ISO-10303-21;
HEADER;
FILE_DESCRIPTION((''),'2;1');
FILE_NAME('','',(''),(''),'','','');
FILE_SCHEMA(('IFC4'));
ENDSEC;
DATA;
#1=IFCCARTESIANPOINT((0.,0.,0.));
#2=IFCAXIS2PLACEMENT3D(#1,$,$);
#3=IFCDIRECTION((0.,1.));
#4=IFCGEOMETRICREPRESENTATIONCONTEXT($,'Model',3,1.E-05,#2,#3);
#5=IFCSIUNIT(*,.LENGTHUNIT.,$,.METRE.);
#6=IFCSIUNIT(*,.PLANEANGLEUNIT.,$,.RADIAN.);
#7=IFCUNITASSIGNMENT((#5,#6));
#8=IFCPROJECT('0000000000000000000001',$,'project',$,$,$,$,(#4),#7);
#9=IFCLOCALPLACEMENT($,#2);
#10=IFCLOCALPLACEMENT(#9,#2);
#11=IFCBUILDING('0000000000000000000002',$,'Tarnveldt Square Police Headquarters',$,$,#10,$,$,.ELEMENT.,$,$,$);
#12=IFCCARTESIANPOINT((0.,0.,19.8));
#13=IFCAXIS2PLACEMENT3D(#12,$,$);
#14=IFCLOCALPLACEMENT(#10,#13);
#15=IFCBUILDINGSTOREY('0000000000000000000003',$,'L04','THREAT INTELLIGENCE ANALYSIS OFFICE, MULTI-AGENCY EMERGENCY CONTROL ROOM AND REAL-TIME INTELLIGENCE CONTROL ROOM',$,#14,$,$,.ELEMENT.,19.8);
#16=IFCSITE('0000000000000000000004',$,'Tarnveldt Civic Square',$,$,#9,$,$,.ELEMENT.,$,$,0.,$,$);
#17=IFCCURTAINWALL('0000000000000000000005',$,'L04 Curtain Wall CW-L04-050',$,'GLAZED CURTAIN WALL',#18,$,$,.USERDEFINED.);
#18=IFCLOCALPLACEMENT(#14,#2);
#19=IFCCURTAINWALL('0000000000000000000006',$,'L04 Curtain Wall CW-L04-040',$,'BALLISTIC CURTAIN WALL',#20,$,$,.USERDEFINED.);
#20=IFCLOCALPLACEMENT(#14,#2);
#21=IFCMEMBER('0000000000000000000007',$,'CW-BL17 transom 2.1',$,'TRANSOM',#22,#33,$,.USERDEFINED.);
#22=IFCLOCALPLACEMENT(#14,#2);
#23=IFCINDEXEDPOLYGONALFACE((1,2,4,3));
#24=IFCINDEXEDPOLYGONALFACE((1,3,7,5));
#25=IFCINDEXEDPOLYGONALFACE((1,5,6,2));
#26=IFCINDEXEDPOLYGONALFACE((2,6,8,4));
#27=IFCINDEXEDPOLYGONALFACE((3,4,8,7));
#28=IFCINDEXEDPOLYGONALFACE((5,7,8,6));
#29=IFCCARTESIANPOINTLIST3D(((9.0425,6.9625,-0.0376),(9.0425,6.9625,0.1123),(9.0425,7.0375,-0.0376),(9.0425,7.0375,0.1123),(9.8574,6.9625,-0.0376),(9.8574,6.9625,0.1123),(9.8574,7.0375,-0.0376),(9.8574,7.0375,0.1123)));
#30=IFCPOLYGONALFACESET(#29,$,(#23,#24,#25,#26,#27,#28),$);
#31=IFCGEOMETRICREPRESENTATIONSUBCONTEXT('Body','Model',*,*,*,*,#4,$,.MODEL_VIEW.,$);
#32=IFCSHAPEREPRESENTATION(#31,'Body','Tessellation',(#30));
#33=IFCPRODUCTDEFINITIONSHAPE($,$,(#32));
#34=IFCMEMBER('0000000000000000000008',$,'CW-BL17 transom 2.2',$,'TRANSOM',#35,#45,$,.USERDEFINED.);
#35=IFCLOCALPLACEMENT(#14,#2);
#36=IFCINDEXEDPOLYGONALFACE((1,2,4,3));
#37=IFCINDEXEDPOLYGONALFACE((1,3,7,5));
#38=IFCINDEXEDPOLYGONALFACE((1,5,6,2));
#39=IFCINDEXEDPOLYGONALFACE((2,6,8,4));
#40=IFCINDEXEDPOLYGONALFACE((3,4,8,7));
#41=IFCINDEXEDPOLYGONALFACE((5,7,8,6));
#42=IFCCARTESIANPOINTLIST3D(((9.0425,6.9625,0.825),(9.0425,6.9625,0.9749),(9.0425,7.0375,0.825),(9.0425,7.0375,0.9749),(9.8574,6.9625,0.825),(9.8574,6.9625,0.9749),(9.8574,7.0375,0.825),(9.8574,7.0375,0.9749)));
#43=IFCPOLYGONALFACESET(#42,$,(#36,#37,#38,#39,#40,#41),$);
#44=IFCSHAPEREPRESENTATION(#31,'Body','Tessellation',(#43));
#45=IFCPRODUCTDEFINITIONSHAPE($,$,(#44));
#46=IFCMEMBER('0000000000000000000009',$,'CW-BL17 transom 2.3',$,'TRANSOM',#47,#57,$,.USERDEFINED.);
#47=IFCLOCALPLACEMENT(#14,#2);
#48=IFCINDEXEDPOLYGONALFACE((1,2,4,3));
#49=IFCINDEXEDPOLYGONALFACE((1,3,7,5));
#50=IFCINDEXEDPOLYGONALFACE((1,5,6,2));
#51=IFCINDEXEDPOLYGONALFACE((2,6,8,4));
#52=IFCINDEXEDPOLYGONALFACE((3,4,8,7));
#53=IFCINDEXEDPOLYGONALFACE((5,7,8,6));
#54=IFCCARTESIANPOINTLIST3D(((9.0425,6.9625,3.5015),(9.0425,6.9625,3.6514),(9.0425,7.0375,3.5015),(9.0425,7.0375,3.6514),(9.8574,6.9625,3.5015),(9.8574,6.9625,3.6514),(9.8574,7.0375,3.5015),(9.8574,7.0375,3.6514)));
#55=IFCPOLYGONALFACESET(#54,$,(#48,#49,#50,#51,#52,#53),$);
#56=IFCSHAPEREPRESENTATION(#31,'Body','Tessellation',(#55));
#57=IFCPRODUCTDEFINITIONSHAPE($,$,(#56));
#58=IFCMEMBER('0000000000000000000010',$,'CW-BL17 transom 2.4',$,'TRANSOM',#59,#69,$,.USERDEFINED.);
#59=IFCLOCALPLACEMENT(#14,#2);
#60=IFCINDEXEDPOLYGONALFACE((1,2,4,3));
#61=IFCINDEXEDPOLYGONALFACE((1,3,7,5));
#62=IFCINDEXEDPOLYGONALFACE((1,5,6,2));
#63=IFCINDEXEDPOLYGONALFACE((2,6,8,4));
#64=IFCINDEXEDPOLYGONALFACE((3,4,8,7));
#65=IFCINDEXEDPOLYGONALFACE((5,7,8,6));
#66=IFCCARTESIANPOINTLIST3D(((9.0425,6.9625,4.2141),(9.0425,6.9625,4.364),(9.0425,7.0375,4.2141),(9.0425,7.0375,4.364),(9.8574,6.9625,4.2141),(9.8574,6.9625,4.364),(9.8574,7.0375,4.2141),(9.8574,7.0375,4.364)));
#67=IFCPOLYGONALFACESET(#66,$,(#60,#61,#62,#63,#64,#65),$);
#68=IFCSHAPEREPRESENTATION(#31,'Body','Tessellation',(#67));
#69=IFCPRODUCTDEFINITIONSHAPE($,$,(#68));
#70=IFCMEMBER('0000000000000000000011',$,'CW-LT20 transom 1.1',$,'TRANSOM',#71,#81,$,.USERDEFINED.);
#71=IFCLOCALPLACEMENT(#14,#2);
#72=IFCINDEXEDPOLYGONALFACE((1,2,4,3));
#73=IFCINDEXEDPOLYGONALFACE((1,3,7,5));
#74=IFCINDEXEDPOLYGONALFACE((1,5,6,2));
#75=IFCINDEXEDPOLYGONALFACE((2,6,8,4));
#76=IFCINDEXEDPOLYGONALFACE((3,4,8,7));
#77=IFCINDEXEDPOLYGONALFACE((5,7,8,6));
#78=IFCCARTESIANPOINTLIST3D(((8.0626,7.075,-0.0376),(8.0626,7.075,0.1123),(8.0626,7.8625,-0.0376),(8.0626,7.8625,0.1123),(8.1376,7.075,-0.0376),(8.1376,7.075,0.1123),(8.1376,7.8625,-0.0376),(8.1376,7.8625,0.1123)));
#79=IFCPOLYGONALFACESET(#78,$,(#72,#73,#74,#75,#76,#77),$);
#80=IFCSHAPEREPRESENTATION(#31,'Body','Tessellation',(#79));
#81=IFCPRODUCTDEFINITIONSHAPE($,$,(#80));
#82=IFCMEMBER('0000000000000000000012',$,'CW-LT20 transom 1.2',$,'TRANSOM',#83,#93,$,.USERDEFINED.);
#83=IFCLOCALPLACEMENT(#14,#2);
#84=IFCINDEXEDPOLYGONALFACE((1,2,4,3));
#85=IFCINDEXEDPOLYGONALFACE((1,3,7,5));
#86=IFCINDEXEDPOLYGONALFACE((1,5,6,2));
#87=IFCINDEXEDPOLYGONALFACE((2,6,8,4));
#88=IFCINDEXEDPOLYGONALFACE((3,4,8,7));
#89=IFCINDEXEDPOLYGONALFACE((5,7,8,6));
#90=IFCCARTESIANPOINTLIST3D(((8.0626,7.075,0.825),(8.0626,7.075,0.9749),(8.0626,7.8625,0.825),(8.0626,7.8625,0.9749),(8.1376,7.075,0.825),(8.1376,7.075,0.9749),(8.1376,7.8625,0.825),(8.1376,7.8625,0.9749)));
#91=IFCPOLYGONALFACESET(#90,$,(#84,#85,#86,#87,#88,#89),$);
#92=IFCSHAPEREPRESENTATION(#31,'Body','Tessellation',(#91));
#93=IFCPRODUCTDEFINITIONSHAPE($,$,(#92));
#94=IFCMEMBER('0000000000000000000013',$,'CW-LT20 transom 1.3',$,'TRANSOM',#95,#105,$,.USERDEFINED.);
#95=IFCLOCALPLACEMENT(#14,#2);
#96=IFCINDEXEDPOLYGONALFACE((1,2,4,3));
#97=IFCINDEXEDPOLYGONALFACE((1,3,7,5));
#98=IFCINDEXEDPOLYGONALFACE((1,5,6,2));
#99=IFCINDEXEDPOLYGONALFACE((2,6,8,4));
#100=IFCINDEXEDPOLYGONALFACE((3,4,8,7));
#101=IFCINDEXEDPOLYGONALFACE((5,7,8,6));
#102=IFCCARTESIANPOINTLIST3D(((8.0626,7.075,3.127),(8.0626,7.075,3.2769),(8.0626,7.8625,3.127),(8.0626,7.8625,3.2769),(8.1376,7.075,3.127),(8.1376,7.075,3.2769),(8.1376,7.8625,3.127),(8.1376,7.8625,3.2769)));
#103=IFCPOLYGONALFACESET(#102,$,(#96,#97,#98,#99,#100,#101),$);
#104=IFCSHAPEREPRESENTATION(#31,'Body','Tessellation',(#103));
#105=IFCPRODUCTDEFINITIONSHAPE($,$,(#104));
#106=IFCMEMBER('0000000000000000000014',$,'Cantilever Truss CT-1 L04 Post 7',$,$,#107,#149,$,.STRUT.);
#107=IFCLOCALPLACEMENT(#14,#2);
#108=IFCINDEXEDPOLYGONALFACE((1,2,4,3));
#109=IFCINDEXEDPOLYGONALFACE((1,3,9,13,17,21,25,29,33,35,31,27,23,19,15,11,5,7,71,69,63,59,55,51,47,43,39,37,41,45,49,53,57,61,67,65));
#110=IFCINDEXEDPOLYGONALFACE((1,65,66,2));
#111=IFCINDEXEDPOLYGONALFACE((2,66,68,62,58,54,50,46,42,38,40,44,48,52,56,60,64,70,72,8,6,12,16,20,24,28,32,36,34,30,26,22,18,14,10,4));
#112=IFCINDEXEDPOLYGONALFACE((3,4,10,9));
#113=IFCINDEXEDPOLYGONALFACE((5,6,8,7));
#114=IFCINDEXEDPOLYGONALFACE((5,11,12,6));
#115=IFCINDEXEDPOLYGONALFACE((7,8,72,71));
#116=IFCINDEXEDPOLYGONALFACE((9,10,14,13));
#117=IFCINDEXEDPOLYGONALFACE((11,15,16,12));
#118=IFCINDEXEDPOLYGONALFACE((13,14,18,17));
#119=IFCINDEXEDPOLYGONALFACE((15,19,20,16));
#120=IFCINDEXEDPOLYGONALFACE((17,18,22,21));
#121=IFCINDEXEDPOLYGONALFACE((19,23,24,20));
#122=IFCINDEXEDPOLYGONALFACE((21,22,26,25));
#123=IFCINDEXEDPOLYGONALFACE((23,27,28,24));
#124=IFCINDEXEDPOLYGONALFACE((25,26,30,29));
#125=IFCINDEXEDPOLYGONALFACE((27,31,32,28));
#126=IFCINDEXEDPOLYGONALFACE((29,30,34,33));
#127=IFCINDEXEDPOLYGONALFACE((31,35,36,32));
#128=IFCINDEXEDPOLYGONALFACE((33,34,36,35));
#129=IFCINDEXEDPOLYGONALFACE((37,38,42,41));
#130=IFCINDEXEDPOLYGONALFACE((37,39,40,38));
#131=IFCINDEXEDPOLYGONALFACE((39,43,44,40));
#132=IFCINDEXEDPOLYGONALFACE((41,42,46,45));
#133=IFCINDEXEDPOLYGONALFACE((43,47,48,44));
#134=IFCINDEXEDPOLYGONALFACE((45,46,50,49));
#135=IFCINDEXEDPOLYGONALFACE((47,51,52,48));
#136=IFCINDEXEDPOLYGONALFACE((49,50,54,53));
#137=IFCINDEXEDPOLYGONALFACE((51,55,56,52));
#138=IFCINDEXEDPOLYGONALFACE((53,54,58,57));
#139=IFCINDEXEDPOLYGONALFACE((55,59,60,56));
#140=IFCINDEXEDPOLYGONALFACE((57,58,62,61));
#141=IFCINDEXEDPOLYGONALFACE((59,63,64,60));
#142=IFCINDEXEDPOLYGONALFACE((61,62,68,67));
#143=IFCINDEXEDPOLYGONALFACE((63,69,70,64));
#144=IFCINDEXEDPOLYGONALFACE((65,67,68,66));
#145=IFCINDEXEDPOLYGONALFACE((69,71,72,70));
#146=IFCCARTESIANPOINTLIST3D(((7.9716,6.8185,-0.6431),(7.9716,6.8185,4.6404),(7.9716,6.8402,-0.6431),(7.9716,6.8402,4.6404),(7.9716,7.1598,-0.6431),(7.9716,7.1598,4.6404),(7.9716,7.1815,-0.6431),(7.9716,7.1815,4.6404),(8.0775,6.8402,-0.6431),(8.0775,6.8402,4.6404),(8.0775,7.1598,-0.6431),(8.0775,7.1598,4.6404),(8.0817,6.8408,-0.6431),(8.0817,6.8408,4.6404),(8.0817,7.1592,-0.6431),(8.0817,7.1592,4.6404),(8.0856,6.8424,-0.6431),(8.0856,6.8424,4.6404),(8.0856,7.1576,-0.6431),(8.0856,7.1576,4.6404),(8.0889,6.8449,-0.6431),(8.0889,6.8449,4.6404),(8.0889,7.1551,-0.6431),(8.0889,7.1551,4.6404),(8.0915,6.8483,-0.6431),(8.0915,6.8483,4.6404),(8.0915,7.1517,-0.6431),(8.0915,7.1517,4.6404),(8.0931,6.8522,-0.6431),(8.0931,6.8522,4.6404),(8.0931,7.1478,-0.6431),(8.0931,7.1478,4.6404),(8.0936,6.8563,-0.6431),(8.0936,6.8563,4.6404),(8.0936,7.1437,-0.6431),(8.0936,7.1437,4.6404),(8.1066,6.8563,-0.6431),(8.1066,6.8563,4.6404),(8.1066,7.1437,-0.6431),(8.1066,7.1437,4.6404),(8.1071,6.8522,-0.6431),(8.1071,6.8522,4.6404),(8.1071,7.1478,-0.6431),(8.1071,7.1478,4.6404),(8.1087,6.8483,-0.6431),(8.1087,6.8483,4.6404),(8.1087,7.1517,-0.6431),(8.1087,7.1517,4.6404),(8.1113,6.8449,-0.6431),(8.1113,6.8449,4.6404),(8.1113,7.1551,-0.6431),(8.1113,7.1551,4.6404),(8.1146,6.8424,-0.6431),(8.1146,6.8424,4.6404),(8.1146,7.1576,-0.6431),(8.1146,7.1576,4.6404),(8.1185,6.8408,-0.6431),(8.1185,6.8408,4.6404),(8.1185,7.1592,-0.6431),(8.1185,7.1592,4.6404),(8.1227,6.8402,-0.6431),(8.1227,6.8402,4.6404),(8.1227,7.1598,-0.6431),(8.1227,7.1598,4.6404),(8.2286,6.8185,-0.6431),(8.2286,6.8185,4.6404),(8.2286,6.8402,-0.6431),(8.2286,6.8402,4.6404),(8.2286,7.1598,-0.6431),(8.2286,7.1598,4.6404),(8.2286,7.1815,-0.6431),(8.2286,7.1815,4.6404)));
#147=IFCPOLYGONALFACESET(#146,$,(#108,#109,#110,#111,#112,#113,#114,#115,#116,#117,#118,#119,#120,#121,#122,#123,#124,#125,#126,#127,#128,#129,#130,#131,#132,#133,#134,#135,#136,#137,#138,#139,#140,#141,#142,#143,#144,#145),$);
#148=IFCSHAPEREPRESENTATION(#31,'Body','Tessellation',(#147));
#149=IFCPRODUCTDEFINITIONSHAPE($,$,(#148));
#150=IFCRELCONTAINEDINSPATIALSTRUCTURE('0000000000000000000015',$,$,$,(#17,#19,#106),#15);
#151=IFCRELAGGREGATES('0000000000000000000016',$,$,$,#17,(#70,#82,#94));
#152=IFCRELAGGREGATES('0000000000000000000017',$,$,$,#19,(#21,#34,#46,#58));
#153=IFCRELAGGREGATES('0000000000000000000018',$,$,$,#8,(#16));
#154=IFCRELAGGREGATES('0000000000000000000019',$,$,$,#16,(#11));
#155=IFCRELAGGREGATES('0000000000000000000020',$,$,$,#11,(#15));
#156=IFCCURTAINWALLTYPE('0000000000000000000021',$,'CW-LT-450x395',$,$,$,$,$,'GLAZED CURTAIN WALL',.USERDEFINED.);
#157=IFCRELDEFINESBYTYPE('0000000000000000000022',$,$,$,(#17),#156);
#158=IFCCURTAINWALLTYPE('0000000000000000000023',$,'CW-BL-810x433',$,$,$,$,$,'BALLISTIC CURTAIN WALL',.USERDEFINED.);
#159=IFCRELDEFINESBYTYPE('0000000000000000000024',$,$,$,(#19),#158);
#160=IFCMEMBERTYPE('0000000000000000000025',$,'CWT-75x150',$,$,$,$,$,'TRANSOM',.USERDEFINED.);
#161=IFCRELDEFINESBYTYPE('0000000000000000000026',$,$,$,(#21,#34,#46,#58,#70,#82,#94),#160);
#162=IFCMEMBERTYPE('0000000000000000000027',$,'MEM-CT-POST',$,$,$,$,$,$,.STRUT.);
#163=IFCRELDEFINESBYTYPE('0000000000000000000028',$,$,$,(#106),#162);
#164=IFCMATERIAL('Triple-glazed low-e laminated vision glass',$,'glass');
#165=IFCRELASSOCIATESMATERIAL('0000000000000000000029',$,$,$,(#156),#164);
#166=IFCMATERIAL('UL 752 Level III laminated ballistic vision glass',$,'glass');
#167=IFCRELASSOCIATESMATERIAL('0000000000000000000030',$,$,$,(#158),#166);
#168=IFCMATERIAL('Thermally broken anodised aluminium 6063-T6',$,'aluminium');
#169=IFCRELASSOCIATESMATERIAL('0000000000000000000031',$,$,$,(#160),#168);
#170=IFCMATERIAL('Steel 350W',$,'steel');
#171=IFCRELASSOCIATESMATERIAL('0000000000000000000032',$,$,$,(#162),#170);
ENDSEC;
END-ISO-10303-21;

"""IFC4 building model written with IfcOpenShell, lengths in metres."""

from ifc_helpers import new_model, si_unit, direction, frame, origin, origin_2d, place, context, subcontext, project, spatial, rectangle, i_section, extrude, material, material_profile, profile_set, type_object, element, aggregate, save


model = new_model("IFC4")

# Units and contexts
model_context = context("Model", 3, precision=1e-05, world=origin(), true_north=direction((0.0, 1.0)))
body_context = subcontext(model_context, "Body", "Model", "MODEL_VIEW")
ifc_project = project(units=[si_unit("LENGTHUNIT", "METRE"), si_unit("PLANEANGLEUNIT", "RADIAN")], contexts=[model_context])

# Site, building, storey
site_placement = place(None, origin())
site = spatial("IfcSite", under=ifc_project, at=site_placement, Name="Tarnveldt Civic Square", CompositionType="ELEMENT", RefElevation=0.0)
building_placement = place(site_placement, origin())
building = spatial("IfcBuilding", under=site, at=building_placement, Name="Tarnveldt Square Police Headquarters", CompositionType="ELEMENT")
storey_placement = place(building_placement, frame((0.0, 0.0, 19.8)))
storey = spatial("IfcBuildingStorey", under=building, at=storey_placement, Name="L04", Description="THREAT INTELLIGENCE ANALYSIS OFFICE, MULTI-AGENCY EMERGENCY CONTROL ROOM AND REAL-TIME INTELLIGENCE CONTROL ROOM", CompositionType="ELEMENT", Elevation=19.8)

# Shared definitions
ifc_material_1 = material(Name="Steel 350W", Category="steel")

# Curtain wall
ifc_material_2 = material(Name="Triple-glazed low-e laminated vision glass", Category="glass")
curtain_wall_type_1 = type_object("IfcCurtainWallType", Name="CW-LT-450x395", ElementType="GLAZED CURTAIN WALL", PredefinedType="USERDEFINED", material=ifc_material_2)
curtain_wall_1_placement = place(storey_placement, origin())
curtain_wall_1 = element("IfcCurtainWall", 1, at=curtain_wall_1_placement, inside=storey, type_object=curtain_wall_type_1, Name="L04 Curtain Wall CW-L04-050", ObjectType="GLAZED CURTAIN WALL", PredefinedType="USERDEFINED")
ifc_material_3 = material(Name="Thermally broken anodised aluminium 6063-T6", Category="aluminium")

# Curtain wall, members
ifc_material_4 = material(Name="UL 752 Level III laminated ballistic vision glass", Category="glass")
curtain_wall_type_2 = type_object("IfcCurtainWallType", Name="CW-BL-810x433", ElementType="BALLISTIC CURTAIN WALL", PredefinedType="USERDEFINED", material=ifc_material_4)
curtain_wall_2_placement = place(storey_placement, origin())
curtain_wall_2 = element("IfcCurtainWall", 2, at=curtain_wall_2_placement, inside=storey, type_object=curtain_wall_type_2, Name="L04 Curtain Wall CW-L04-040", ObjectType="BALLISTIC CURTAIN WALL", PredefinedType="USERDEFINED")
ifc_material_profile_1 = material_profile(ifc_material_3, rectangle(XDim=0.075, YDim=0.1499, at=origin_2d()), Name="CW-T75x150")
ifc_profile_set_1 = profile_set([ifc_material_profile_1], Name="Thermally broken anodised aluminium 6063-T6")
member_type_1 = type_object("IfcMemberType", Name="CWT-75x150", ElementType="TRANSOM", PredefinedType="USERDEFINED", material=ifc_profile_set_1)
member_1_placement = place(storey_placement, frame((9.0425, 7.0, 0.0374), z_axis=(1.0, 0.0, 0.0), x_axis=(0.0, 1.0, 0.0)))
member_1 = element("IfcMember", 3, at=member_1_placement, type_object=member_type_1, Name="CW-BL17 transom 2.1", ObjectType="TRANSOM", PredefinedType="USERDEFINED", context=body_context, shape_type="SweptSolid", body=[
    extrude(rectangle(XDim=0.075, YDim=0.1499, at=origin_2d()), origin(), (0.0, 0.0, 1.0), 0.8149),
])
member_2_placement = place(storey_placement, frame((9.0425, 7.0, 0.8999), z_axis=(1.0, 0.0, 0.0), x_axis=(0.0, 1.0, 0.0)))
member_2 = element("IfcMember", 4, at=member_2_placement, type_object=member_type_1, Name="CW-BL17 transom 2.2", ObjectType="TRANSOM", PredefinedType="USERDEFINED", context=body_context, shape_type="SweptSolid", body=[
    extrude(rectangle(XDim=0.075, YDim=0.1499, at=origin_2d()), origin(), (0.0, 0.0, 1.0), 0.8149),
])
member_3_placement = place(storey_placement, frame((9.0425, 7.0, 3.5764), z_axis=(1.0, 0.0, 0.0), x_axis=(0.0, 1.0, 0.0)))
member_3 = element("IfcMember", 5, at=member_3_placement, type_object=member_type_1, Name="CW-BL17 transom 2.3", ObjectType="TRANSOM", PredefinedType="USERDEFINED", context=body_context, shape_type="SweptSolid", body=[
    extrude(rectangle(XDim=0.075, YDim=0.1499, at=origin_2d()), origin(), (0.0, 0.0, 1.0), 0.8149),
])
member_4_placement = place(storey_placement, frame((9.0425, 7.0, 4.2891), z_axis=(1.0, 0.0, 0.0), x_axis=(0.0, 1.0, 0.0)))
member_4 = element("IfcMember", 6, at=member_4_placement, type_object=member_type_1, Name="CW-BL17 transom 2.4", ObjectType="TRANSOM", PredefinedType="USERDEFINED", context=body_context, shape_type="SweptSolid", body=[
    extrude(rectangle(XDim=0.075, YDim=0.1499, at=origin_2d()), origin(), (0.0, 0.0, 1.0), 0.8149),
])

# Members
member_5_placement = place(storey_placement, frame((8.1001, 7.075, 0.0374), z_axis=(0.0, 1.0, 0.0), x_axis=(-1.0, 0.0, 0.0)))
member_5 = element("IfcMember", 7, at=member_5_placement, type_object=member_type_1, Name="CW-LT20 transom 1.1", ObjectType="TRANSOM", PredefinedType="USERDEFINED", context=body_context, shape_type="SweptSolid", body=[
    extrude(rectangle(XDim=0.075, YDim=0.1499, at=origin_2d()), origin(), (0.0, 0.0, 1.0), 0.7876),
])
member_6_placement = place(storey_placement, frame((8.1001, 7.075, 0.8999), z_axis=(0.0, 1.0, 0.0), x_axis=(-1.0, 0.0, 0.0)))
member_6 = element("IfcMember", 8, at=member_6_placement, type_object=member_type_1, Name="CW-LT20 transom 1.2", ObjectType="TRANSOM", PredefinedType="USERDEFINED", context=body_context, shape_type="SweptSolid", body=[
    extrude(rectangle(XDim=0.075, YDim=0.1499, at=origin_2d()), origin(), (0.0, 0.0, 1.0), 0.7876),
])
member_7_placement = place(storey_placement, frame((8.1001, 7.075, 3.2019), z_axis=(0.0, 1.0, 0.0), x_axis=(-1.0, 0.0, 0.0)))
member_7 = element("IfcMember", 9, at=member_7_placement, type_object=member_type_1, Name="CW-LT20 transom 1.3", ObjectType="TRANSOM", PredefinedType="USERDEFINED", context=body_context, shape_type="SweptSolid", body=[
    extrude(rectangle(XDim=0.075, YDim=0.1499, at=origin_2d()), origin(), (0.0, 0.0, 1.0), 0.7876),
])
aggregate(curtain_wall_1, [member_5, member_6, member_7])

# Member
ifc_material_profile_2 = material_profile(ifc_material_1, i_section(OverallWidth=0.2571, OverallDepth=0.363, WebThickness=0.0129, FlangeThickness=0.0217, FilletRadius=0.0161, at=origin_2d()), Name="W360x122")
ifc_profile_set_2 = profile_set([ifc_material_profile_2], Name="Steel 350W")
member_type_2 = type_object("IfcMemberType", Name="MEM-CT-POST", PredefinedType="STRUT", material=ifc_profile_set_2)
member_8_placement = place(storey_placement, frame((8.1001, 7.0, -0.6431), z_axis=(0.0, 0.0, 1.0), x_axis=(1.0, 0.0, 0.0)))
element("IfcMember", 10, at=member_8_placement, inside=storey, type_object=member_type_2, Name="Cantilever Truss CT-1 L04 Post 7", PredefinedType="STRUT", context=body_context, shape_type="SweptSolid", body=[
    extrude(i_section(OverallWidth=0.2571, OverallDepth=0.363, WebThickness=0.0129, FlangeThickness=0.0217, FilletRadius=0.0161, at=origin_2d()), origin(), (0.0, 0.0, 1.0), 5.2834),
])

aggregate(curtain_wall_2, [member_1, member_2, member_3, member_4])

save(model, "model.ifc")
